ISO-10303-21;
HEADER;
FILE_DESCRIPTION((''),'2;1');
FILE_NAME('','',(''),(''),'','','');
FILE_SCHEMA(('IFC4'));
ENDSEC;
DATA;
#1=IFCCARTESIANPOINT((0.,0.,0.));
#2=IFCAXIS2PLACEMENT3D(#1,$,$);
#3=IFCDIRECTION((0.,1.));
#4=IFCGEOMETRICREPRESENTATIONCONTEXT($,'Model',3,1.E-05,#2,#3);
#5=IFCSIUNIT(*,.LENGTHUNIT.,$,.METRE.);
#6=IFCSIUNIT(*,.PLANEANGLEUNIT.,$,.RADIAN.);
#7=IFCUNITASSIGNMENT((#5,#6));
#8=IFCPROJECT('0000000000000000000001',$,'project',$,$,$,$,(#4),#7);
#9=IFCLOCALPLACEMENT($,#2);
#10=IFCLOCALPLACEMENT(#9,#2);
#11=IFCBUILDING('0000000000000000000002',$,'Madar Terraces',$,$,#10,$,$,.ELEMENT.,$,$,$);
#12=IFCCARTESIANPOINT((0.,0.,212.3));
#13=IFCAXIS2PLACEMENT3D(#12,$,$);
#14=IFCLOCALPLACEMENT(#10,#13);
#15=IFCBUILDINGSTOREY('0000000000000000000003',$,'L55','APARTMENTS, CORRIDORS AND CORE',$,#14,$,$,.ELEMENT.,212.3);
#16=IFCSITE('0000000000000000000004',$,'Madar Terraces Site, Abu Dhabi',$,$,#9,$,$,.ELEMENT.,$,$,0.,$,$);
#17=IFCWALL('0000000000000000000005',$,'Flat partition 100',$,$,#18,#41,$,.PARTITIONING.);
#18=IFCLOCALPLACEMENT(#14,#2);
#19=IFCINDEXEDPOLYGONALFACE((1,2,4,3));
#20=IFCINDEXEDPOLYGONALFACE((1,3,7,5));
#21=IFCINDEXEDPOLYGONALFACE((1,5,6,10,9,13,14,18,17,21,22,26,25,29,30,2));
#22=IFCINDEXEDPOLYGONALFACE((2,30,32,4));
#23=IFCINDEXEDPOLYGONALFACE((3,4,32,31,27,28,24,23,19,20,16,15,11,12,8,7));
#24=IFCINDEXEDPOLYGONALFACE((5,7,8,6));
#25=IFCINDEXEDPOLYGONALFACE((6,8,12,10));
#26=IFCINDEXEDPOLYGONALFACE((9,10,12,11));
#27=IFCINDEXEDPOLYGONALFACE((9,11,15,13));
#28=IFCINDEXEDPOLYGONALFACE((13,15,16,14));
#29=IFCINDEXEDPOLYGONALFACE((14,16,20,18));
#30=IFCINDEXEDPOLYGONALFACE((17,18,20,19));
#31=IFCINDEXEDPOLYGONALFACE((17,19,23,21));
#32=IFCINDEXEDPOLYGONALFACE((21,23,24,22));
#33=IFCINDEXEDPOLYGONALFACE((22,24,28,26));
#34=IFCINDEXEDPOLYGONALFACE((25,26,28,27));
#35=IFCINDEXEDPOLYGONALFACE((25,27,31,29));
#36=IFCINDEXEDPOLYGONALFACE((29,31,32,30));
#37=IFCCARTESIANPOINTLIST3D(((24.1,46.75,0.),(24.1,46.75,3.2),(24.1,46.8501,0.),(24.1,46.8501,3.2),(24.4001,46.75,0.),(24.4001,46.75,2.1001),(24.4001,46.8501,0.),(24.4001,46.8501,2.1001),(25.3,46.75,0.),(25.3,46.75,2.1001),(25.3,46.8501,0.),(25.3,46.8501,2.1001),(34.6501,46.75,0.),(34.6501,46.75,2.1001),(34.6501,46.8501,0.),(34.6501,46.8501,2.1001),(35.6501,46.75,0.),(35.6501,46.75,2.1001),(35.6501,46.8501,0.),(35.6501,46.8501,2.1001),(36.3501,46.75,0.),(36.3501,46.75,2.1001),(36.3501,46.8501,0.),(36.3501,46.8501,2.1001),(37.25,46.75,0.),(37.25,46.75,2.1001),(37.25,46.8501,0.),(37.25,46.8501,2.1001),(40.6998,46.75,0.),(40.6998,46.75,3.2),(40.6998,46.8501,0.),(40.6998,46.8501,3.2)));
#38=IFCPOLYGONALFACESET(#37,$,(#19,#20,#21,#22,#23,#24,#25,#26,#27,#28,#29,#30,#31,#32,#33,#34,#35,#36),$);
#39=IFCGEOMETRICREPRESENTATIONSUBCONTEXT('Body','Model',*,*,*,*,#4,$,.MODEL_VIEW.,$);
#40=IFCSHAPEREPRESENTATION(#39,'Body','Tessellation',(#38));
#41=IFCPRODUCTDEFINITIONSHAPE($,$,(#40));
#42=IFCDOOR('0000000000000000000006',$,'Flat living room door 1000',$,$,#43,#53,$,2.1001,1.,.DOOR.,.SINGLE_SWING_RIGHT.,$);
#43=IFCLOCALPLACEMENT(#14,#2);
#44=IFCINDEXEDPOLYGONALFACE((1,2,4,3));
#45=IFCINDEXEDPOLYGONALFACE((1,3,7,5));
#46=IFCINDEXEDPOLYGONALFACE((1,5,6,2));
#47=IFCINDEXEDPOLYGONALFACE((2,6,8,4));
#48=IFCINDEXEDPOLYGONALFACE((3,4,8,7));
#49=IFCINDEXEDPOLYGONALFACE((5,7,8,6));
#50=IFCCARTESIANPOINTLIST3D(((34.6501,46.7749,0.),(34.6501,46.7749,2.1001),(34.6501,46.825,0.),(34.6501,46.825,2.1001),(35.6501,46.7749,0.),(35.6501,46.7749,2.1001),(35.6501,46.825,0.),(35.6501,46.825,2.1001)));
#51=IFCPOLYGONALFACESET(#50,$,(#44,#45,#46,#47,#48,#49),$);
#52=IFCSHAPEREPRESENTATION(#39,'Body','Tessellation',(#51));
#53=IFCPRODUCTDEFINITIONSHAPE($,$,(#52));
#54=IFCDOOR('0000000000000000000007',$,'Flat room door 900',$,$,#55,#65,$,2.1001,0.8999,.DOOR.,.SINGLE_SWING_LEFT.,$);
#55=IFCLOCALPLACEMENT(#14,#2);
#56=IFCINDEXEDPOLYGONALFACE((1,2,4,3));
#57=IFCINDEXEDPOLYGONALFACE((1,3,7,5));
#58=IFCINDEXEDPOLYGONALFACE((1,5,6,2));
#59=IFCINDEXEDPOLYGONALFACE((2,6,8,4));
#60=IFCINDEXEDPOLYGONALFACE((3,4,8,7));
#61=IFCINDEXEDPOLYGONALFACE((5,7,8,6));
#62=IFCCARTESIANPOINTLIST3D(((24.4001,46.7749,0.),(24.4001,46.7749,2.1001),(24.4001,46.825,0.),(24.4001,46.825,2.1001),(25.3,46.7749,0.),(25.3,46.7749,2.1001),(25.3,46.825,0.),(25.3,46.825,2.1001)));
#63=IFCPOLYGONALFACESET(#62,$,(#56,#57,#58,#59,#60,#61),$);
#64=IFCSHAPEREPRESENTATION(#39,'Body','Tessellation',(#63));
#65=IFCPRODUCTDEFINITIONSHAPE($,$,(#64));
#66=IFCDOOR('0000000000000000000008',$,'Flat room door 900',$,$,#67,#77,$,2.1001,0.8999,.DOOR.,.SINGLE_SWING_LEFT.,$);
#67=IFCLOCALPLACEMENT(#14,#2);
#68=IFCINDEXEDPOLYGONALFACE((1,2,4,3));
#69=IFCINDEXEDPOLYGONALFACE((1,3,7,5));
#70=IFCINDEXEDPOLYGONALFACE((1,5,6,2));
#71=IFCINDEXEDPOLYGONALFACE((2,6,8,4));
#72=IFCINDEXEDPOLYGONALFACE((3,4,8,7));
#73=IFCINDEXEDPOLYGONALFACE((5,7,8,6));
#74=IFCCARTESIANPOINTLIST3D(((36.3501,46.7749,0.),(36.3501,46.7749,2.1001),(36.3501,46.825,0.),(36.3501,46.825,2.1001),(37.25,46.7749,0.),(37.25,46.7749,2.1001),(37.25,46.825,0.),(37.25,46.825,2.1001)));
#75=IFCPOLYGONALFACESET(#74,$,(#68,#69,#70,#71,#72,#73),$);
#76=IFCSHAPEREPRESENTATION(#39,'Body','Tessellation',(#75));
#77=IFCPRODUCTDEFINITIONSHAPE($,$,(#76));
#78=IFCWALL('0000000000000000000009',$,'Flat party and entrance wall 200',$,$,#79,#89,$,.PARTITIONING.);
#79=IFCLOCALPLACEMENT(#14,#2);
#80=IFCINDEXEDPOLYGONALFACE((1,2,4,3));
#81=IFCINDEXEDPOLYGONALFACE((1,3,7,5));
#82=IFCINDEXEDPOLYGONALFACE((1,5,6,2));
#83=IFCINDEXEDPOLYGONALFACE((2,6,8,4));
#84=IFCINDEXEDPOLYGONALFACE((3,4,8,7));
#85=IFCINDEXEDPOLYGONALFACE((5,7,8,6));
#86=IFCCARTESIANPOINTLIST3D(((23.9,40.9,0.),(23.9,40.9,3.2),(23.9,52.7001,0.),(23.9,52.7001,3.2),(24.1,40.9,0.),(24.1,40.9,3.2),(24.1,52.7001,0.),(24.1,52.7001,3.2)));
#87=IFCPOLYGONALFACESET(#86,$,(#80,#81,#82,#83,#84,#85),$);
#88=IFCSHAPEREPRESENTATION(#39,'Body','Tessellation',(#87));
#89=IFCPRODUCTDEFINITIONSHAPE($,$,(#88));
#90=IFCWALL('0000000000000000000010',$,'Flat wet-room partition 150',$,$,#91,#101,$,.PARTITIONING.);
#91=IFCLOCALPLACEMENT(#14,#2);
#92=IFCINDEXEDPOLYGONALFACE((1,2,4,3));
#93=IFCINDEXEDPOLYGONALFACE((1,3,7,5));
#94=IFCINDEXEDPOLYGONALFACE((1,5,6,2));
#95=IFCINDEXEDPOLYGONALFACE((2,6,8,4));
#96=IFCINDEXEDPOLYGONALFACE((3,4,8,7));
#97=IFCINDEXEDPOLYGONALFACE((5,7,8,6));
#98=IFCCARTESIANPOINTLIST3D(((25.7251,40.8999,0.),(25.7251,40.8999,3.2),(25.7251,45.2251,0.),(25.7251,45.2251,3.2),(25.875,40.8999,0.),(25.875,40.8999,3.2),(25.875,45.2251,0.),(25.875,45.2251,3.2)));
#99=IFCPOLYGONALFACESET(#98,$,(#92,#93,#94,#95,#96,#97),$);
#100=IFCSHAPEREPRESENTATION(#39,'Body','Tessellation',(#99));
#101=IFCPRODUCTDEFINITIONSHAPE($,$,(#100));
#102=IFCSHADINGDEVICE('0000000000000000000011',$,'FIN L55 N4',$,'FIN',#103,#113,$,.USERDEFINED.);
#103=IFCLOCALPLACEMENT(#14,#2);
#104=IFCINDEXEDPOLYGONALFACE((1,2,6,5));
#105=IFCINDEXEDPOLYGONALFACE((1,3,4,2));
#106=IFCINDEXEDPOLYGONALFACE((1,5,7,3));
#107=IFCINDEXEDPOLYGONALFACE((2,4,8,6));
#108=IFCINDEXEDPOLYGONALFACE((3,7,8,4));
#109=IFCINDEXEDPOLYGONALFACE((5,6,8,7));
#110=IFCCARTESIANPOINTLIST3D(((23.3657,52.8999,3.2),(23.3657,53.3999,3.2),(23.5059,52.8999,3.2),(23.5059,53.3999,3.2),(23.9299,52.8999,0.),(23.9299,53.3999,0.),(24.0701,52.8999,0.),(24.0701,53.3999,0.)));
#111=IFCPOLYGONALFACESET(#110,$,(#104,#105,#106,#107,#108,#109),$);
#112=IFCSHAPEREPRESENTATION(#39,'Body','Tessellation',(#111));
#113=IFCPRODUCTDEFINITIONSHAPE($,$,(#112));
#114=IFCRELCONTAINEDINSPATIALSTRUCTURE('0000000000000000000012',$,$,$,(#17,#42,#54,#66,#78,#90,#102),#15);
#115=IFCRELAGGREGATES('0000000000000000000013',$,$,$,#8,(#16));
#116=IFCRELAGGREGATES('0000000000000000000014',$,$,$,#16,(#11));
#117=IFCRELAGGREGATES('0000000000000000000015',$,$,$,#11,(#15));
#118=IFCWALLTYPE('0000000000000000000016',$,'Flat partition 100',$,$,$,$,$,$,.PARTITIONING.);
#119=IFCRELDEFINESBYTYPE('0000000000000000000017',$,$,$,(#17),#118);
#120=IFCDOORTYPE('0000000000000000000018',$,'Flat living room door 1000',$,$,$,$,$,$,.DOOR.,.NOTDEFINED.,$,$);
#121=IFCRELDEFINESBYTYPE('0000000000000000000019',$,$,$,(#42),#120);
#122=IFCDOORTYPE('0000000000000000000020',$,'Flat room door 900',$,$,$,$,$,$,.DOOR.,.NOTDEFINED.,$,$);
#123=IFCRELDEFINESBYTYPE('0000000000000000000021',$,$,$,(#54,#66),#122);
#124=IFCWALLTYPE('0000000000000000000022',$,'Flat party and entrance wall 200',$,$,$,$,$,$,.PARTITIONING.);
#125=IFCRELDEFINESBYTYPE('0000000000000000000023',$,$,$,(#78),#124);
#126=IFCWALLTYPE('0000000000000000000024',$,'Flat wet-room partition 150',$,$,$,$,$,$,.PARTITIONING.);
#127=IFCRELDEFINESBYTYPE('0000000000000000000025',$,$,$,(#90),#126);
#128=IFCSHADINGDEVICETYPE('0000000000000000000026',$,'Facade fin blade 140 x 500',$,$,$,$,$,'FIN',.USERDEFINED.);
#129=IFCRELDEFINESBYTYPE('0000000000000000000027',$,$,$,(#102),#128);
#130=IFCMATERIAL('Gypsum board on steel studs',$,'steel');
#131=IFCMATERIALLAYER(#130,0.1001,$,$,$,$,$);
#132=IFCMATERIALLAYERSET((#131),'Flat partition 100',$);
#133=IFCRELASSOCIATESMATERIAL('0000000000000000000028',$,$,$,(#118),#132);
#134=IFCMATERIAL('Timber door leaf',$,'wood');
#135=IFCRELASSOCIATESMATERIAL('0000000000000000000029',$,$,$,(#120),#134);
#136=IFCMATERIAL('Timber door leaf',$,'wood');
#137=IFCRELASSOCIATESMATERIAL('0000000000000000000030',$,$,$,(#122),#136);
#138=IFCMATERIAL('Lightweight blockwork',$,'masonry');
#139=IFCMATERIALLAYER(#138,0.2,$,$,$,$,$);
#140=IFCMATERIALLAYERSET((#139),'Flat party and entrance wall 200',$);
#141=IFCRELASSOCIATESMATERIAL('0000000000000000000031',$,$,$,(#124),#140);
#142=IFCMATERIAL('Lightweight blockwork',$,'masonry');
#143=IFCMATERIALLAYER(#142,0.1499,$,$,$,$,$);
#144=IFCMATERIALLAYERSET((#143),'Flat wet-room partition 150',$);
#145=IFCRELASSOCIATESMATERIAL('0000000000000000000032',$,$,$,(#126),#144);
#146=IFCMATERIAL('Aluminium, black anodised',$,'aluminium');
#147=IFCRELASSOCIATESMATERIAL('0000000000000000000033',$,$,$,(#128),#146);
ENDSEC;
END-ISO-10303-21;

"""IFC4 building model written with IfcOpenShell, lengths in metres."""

from ifc_helpers import new_model, si_unit, direction, frame, frame_2d, origin, place, context, subcontext, project, spatial, polyline, rectangle, outline, extrude, material, layer, layer_set, type_object, element, fill, save


model = new_model("IFC4")

# Units and contexts
model_context = context("Model", 3, precision=1e-05, world=origin(), true_north=direction((0.0, 1.0)))
body_context = subcontext(model_context, "Body", "Model", "MODEL_VIEW")
ifc_project = project(units=[si_unit("LENGTHUNIT", "METRE"), si_unit("PLANEANGLEUNIT", "RADIAN")], contexts=[model_context])

# Site, building, storey
site_placement = place(None, origin())
site = spatial("IfcSite", under=ifc_project, at=site_placement, Name="Madar Terraces Site, Abu Dhabi", CompositionType="ELEMENT", RefElevation=0.0)
building_placement = place(site_placement, origin())
building = spatial("IfcBuilding", under=site, at=building_placement, Name="Madar Terraces", CompositionType="ELEMENT")
storey_placement = place(building_placement, frame((0.0, 0.0, 212.3)))
storey = spatial("IfcBuildingStorey", under=building, at=storey_placement, Name="L55", Description="APARTMENTS, CORRIDORS AND CORE", CompositionType="ELEMENT", Elevation=212.3)

# Shared definitions
ifc_material_1 = material(Name="Gypsum board on steel studs", Category="steel")
ifc_layer_1 = layer(ifc_material_1, 0.1001)
ifc_layer_set_1 = layer_set([ifc_layer_1], Name="Flat partition 100")
wall_type_1 = type_object("IfcWallType", Name="Flat partition 100", PredefinedType="PARTITIONING", material=ifc_layer_set_1)

# Wall, openings, doors
wall_1_placement = place(storey_placement, frame((24.1001, 46.8, 0.0), z_axis=(0.0, 0.0, 1.0), x_axis=(1.0, 0.0, 0.0)))
wall_1 = element("IfcWall", 1, at=wall_1_placement, inside=storey, type_object=wall_type_1, Name="Flat partition 100", PredefinedType="PARTITIONING", context=body_context, shape_type="SweptSolid", body=[
    extrude(rectangle(XDim=16.5999, YDim=0.1001, at=frame_2d((8.2998, 0.0))), origin(), (0.0, 0.0, 1.0), 3.2),
])
opening_1_placement = place(wall_1_placement, frame((0.3, 0.0, 0.0)))
opening_1 = element("IfcOpeningElement", 2, at=opening_1_placement, cuts=wall_1, PredefinedType="OPENING", context=body_context, shape_type="SweptSolid", body=[
    extrude(rectangle(XDim=0.8999, YDim=2.1001, at=frame_2d((0.45, 1.05))), frame((0.0, 0.0601, 0.0), z_axis=(0.0, -1.0, 0.0), x_axis=(1.0, 0.0, 0.0)), (0.0, 0.0, 1.0), 0.1201),
])
opening_2_placement = place(wall_1_placement, frame((10.55, 0.0, 0.0)))
opening_2 = element("IfcOpeningElement", 3, at=opening_2_placement, cuts=wall_1, PredefinedType="OPENING", context=body_context, shape_type="SweptSolid", body=[
    extrude(rectangle(XDim=1.0, YDim=2.1001, at=frame_2d((0.5, 1.05))), frame((0.0, 0.0601, 0.0), z_axis=(0.0, -1.0, 0.0), x_axis=(1.0, 0.0, 0.0)), (0.0, 0.0, 1.0), 0.1201),
])
opening_3_placement = place(wall_1_placement, frame((12.25, 0.0, 0.0)))
opening_3 = element("IfcOpeningElement", 4, at=opening_3_placement, cuts=wall_1, PredefinedType="OPENING", context=body_context, shape_type="SweptSolid", body=[
    extrude(rectangle(XDim=0.8999, YDim=2.1001, at=frame_2d((0.45, 1.05))), frame((0.0, 0.0601, 0.0), z_axis=(0.0, -1.0, 0.0), x_axis=(1.0, 0.0, 0.0)), (0.0, 0.0, 1.0), 0.1201),
])
ifc_material_2 = material(Name="Timber door leaf", Category="wood")
door_type_1 = type_object("IfcDoorType", Name="Flat living room door 1000", OperationType="NOTDEFINED", PredefinedType="DOOR", material=ifc_material_2)
door_1_placement = place(opening_2_placement, origin())
door_1 = element("IfcDoor", 5, at=door_1_placement, inside=storey, type_object=door_type_1, Name="Flat living room door 1000", OperationType="SINGLE_SWING_RIGHT", OverallHeight=2.1001, OverallWidth=1.0, PredefinedType="DOOR", context=body_context, shape_type="SweptSolid", body=[
    extrude(rectangle(XDim=1.0, YDim=2.1001, at=frame_2d((0.5, 1.05))), frame((0.0, 0.0249, 0.0), z_axis=(0.0, -1.0, 0.0), x_axis=(1.0, 0.0, 0.0)), (0.0, 0.0, 1.0), 0.05),
])
fill(opening_2, door_1)
ifc_material_3 = material(Name="Timber door leaf", Category="wood")
door_type_2 = type_object("IfcDoorType", Name="Flat room door 900", OperationType="NOTDEFINED", PredefinedType="DOOR", material=ifc_material_3)
door_2_placement = place(opening_1_placement, origin())
door_2 = element("IfcDoor", 6, at=door_2_placement, inside=storey, type_object=door_type_2, Name="Flat room door 900", OperationType="SINGLE_SWING_LEFT", OverallHeight=2.1001, OverallWidth=0.8999, PredefinedType="DOOR", context=body_context, shape_type="SweptSolid", body=[
    extrude(rectangle(XDim=0.8999, YDim=2.1001, at=frame_2d((0.45, 1.05))), frame((0.0, 0.0249, 0.0), z_axis=(0.0, -1.0, 0.0), x_axis=(1.0, 0.0, 0.0)), (0.0, 0.0, 1.0), 0.05),
])
fill(opening_1, door_2)
door_3_placement = place(opening_3_placement, origin())
door_3 = element("IfcDoor", 7, at=door_3_placement, inside=storey, type_object=door_type_2, Name="Flat room door 900", OperationType="SINGLE_SWING_LEFT", OverallHeight=2.1001, OverallWidth=0.8999, PredefinedType="DOOR", context=body_context, shape_type="SweptSolid", body=[
    extrude(rectangle(XDim=0.8999, YDim=2.1001, at=frame_2d((0.45, 1.05))), frame((0.0, 0.0249, 0.0), z_axis=(0.0, -1.0, 0.0), x_axis=(1.0, 0.0, 0.0)), (0.0, 0.0, 1.0), 0.05),
])
fill(opening_3, door_3)

# Walls
ifc_material_4 = material(Name="Lightweight blockwork", Category="masonry")
ifc_layer_2 = layer(ifc_material_4, 0.2)
ifc_layer_set_2 = layer_set([ifc_layer_2], Name="Flat party and entrance wall 200")
wall_type_2 = type_object("IfcWallType", Name="Flat party and entrance wall 200", PredefinedType="PARTITIONING", material=ifc_layer_set_2)
wall_2_placement = place(storey_placement, frame((24.0, 52.7, 0.0), z_axis=(0.0, 0.0, 1.0), x_axis=(0.0, -1.0, 0.0)))
element("IfcWall", 8, at=wall_2_placement, inside=storey, type_object=wall_type_2, Name="Flat party and entrance wall 200", PredefinedType="PARTITIONING", context=body_context, shape_type="SweptSolid", body=[
    extrude(rectangle(XDim=11.8, YDim=0.2, at=frame_2d((5.8999, 0.0))), origin(), (0.0, 0.0, 1.0), 3.2),
])
ifc_material_5 = material(Name="Lightweight blockwork", Category="masonry")
ifc_layer_3 = layer(ifc_material_5, 0.1499)
ifc_layer_set_3 = layer_set([ifc_layer_3], Name="Flat wet-room partition 150")
wall_type_3 = type_object("IfcWallType", Name="Flat wet-room partition 150", PredefinedType="PARTITIONING", material=ifc_layer_set_3)
wall_3_placement = place(storey_placement, frame((25.8, 40.8999, 0.0), z_axis=(0.0, 0.0, 1.0), x_axis=(0.0, 1.0, 0.0)))
element("IfcWall", 9, at=wall_3_placement, inside=storey, type_object=wall_type_3, Name="Flat wet-room partition 150", PredefinedType="PARTITIONING", context=body_context, shape_type="SweptSolid", body=[
    extrude(rectangle(XDim=4.3252, YDim=0.1499, at=frame_2d((2.1626, 0.0))), origin(), (0.0, 0.0, 1.0), 3.2),
])

# Shading device
ifc_material_6 = material(Name="Aluminium, black anodised", Category="aluminium")
shading_device_type = type_object("IfcShadingDeviceType", Name="Facade fin blade 140 x 500", ElementType="FIN", PredefinedType="USERDEFINED", material=ifc_material_6)
shading_device_placement = place(storey_placement, frame((24.0701, 53.1499, 0.0), z_axis=(0.0, 0.0, 1.0), x_axis=(-1.0, 0.0, 0.0)))
element("IfcShadingDevice", 10, at=shading_device_placement, inside=storey, type_object=shading_device_type, Name="FIN L55 N4", ObjectType="FIN", PredefinedType="USERDEFINED", context=body_context, shape_type="SweptSolid", body=[
    extrude(outline(polyline([(0.0, 0.0), (0.1401, 0.0), (0.7043, 3.2), (0.5642, 3.2), (0.0, 0.0)])), frame((0.0, 0.25, 0.0), z_axis=(0.0, -1.0, 0.0), x_axis=(1.0, 0.0, 0.0)), (0.0, 0.0, 1.0), 0.5),
])

save(model, "model.ifc")
